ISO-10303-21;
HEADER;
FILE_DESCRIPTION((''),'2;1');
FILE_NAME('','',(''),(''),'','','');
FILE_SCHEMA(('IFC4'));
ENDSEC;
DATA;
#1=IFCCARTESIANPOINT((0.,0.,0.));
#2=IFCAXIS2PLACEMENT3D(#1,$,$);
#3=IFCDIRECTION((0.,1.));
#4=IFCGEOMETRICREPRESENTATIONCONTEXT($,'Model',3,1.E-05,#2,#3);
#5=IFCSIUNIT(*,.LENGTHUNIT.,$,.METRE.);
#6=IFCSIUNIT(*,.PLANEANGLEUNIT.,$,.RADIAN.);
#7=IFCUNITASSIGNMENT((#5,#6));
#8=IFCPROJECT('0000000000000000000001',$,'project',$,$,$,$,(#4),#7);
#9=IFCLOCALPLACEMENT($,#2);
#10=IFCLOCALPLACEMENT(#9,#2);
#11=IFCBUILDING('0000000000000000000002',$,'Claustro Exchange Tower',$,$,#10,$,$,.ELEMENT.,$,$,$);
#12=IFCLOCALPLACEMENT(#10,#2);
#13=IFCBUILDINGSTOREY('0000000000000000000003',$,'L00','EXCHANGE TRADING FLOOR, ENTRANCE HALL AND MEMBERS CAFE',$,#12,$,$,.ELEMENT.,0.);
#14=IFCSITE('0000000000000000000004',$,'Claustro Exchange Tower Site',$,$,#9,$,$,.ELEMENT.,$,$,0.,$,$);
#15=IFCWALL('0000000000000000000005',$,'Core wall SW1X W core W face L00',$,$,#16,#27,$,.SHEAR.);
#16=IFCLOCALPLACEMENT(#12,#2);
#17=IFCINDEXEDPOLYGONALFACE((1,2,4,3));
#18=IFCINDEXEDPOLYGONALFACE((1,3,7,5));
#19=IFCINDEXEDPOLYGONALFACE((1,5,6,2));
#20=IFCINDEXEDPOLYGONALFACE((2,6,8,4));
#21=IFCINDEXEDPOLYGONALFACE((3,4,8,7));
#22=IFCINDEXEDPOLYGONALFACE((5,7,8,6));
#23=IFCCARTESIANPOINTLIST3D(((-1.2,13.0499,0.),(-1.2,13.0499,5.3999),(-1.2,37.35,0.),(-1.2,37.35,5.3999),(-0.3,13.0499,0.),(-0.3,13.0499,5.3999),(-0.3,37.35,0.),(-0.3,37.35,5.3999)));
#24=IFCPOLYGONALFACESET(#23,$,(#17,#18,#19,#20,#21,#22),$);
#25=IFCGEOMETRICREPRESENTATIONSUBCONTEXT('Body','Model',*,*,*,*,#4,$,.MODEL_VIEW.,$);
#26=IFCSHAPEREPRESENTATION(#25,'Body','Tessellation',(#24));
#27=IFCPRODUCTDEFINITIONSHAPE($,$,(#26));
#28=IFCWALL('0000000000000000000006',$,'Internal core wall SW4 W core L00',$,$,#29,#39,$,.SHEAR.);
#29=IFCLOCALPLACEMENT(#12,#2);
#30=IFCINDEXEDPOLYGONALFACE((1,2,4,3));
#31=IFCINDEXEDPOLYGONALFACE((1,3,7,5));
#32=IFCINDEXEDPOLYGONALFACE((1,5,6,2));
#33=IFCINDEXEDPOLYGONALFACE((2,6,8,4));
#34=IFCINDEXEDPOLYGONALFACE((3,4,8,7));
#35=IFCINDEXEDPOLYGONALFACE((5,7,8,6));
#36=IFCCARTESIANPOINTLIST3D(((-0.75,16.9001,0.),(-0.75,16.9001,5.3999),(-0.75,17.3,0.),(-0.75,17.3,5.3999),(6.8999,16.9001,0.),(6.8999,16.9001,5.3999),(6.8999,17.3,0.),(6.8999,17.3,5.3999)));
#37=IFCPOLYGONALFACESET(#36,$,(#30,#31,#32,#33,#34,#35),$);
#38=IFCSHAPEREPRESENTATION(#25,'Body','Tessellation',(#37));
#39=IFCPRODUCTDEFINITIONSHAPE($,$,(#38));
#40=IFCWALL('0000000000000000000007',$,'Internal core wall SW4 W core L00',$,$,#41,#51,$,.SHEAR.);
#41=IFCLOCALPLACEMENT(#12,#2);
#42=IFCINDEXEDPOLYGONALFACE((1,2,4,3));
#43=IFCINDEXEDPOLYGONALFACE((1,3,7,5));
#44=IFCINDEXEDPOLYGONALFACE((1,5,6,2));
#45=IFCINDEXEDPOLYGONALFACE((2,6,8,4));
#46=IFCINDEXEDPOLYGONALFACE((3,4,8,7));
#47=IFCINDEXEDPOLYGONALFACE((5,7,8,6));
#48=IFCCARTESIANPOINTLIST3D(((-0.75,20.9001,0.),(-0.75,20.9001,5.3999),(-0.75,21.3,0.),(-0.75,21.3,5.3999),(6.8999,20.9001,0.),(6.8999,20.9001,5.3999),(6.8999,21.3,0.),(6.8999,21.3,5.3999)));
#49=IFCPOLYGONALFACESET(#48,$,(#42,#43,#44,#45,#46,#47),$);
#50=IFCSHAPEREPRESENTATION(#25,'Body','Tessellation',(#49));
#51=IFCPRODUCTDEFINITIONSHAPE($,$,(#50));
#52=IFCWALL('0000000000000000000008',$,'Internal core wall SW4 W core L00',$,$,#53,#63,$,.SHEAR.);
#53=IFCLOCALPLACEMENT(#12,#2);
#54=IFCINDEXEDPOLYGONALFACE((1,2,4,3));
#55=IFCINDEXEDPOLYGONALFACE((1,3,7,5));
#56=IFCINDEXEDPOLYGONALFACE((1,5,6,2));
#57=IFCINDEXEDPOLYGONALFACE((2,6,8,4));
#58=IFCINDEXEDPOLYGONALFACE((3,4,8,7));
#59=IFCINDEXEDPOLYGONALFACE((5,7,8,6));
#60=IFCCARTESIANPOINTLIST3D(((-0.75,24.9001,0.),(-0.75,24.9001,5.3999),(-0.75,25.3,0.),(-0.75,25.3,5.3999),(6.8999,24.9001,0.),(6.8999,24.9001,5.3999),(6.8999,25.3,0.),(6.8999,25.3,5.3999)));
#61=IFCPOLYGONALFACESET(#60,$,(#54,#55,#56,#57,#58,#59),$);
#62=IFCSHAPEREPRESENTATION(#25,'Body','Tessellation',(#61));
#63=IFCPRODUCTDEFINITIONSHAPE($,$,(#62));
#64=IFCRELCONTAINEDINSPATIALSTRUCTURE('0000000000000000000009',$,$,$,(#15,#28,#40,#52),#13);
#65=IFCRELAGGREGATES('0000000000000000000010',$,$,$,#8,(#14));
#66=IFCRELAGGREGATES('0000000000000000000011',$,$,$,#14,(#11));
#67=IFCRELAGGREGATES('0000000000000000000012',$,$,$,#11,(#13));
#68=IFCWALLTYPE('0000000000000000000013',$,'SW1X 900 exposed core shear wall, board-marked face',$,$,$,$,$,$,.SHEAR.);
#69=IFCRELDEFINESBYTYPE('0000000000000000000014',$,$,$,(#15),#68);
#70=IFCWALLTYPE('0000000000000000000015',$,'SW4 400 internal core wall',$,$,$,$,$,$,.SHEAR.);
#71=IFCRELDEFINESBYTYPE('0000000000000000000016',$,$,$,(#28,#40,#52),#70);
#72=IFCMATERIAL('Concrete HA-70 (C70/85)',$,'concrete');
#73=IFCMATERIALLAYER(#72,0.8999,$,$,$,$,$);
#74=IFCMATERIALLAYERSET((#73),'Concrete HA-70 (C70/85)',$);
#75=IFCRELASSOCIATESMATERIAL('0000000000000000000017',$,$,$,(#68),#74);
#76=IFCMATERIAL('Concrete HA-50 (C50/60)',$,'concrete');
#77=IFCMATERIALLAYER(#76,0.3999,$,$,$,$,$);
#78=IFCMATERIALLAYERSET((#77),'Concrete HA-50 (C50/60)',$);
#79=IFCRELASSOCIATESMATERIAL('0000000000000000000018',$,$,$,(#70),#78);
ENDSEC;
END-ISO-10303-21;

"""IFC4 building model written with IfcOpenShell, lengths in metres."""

from ifc_helpers import new_model, si_unit, direction, frame, frame_2d, origin, place, context, subcontext, project, spatial, rectangle, extrude, material, layer, layer_set, type_object, element, save


model = new_model("IFC4")

# Units and contexts
model_context = context("Model", 3, precision=1e-05, world=origin(), true_north=direction((0.0, 1.0)))
body_context = subcontext(model_context, "Body", "Model", "MODEL_VIEW")
ifc_project = project(units=[si_unit("LENGTHUNIT", "METRE"), si_unit("PLANEANGLEUNIT", "RADIAN")], contexts=[model_context])

# Site, building, storey
site_placement = place(None, origin())
site = spatial("IfcSite", under=ifc_project, at=site_placement, Name="Claustro Exchange Tower Site", CompositionType="ELEMENT", RefElevation=0.0)
building_placement = place(site_placement, origin())
building = spatial("IfcBuilding", under=site, at=building_placement, Name="Claustro Exchange Tower", CompositionType="ELEMENT")
storey_placement = place(building_placement, origin())
storey = spatial("IfcBuildingStorey", under=building, at=storey_placement, Name="L00", Description="EXCHANGE TRADING FLOOR, ENTRANCE HALL AND MEMBERS CAFE", CompositionType="ELEMENT", Elevation=0.0)

# Walls
ifc_material_1 = material(Name="Concrete HA-70 (C70/85)", Category="concrete")
ifc_layer_1 = layer(ifc_material_1, 0.8999)
ifc_layer_set_1 = layer_set([ifc_layer_1], Name="Concrete HA-70 (C70/85)")
wall_type_1 = type_object("IfcWallType", Name="SW1X 900 exposed core shear wall, board-marked face", PredefinedType="SHEAR", material=ifc_layer_set_1)
wall_1_placement = place(storey_placement, frame((-0.75, 13.05, 0.0), z_axis=(0.0, 0.0, 1.0), x_axis=(0.0, 1.0, 0.0)))
element("IfcWall", 1, at=wall_1_placement, inside=storey, type_object=wall_type_1, Name="Core wall SW1X W core W face L00", PredefinedType="SHEAR", context=body_context, shape_type="SweptSolid", body=[
    extrude(rectangle(XDim=24.3, YDim=0.8999, at=frame_2d((12.1499, 0.0))), origin(), (0.0, 0.0, 1.0), 5.3999),
])
ifc_material_2 = material(Name="Concrete HA-50 (C50/60)", Category="concrete")
ifc_layer_2 = layer(ifc_material_2, 0.3999)
ifc_layer_set_2 = layer_set([ifc_layer_2], Name="Concrete HA-50 (C50/60)")
wall_type_2 = type_object("IfcWallType", Name="SW4 400 internal core wall", PredefinedType="SHEAR", material=ifc_layer_set_2)
for number, where, z_axis, x_axis, name in (
    (2, (-0.75, 17.1001, 0.0), (0.0, 0.0, 1.0), (1.0, 0.0, 0.0), "Internal core wall SW4 W core L00"),
    (3, (-0.75, 21.1001, 0.0), (0.0, 0.0, 1.0), (1.0, 0.0, 0.0), "Internal core wall SW4 W core L00"),
    (4, (-0.75, 25.1001, 0.0), (0.0, 0.0, 1.0), (1.0, 0.0, 0.0), "Internal core wall SW4 W core L00"),
):
    element("IfcWall", number, at=place(storey_placement, frame(where, z_axis=z_axis, x_axis=x_axis)), inside=storey, type_object=wall_type_2, Name=name, PredefinedType="SHEAR", context=body_context, shape_type="SweptSolid", body=[
        extrude(rectangle(XDim=7.6499, YDim=0.3999, at=frame_2d((3.825, 0.0))), origin(), (0.0, 0.0, 1.0), 5.3999),
    ])

save(model, "model.ifc")
